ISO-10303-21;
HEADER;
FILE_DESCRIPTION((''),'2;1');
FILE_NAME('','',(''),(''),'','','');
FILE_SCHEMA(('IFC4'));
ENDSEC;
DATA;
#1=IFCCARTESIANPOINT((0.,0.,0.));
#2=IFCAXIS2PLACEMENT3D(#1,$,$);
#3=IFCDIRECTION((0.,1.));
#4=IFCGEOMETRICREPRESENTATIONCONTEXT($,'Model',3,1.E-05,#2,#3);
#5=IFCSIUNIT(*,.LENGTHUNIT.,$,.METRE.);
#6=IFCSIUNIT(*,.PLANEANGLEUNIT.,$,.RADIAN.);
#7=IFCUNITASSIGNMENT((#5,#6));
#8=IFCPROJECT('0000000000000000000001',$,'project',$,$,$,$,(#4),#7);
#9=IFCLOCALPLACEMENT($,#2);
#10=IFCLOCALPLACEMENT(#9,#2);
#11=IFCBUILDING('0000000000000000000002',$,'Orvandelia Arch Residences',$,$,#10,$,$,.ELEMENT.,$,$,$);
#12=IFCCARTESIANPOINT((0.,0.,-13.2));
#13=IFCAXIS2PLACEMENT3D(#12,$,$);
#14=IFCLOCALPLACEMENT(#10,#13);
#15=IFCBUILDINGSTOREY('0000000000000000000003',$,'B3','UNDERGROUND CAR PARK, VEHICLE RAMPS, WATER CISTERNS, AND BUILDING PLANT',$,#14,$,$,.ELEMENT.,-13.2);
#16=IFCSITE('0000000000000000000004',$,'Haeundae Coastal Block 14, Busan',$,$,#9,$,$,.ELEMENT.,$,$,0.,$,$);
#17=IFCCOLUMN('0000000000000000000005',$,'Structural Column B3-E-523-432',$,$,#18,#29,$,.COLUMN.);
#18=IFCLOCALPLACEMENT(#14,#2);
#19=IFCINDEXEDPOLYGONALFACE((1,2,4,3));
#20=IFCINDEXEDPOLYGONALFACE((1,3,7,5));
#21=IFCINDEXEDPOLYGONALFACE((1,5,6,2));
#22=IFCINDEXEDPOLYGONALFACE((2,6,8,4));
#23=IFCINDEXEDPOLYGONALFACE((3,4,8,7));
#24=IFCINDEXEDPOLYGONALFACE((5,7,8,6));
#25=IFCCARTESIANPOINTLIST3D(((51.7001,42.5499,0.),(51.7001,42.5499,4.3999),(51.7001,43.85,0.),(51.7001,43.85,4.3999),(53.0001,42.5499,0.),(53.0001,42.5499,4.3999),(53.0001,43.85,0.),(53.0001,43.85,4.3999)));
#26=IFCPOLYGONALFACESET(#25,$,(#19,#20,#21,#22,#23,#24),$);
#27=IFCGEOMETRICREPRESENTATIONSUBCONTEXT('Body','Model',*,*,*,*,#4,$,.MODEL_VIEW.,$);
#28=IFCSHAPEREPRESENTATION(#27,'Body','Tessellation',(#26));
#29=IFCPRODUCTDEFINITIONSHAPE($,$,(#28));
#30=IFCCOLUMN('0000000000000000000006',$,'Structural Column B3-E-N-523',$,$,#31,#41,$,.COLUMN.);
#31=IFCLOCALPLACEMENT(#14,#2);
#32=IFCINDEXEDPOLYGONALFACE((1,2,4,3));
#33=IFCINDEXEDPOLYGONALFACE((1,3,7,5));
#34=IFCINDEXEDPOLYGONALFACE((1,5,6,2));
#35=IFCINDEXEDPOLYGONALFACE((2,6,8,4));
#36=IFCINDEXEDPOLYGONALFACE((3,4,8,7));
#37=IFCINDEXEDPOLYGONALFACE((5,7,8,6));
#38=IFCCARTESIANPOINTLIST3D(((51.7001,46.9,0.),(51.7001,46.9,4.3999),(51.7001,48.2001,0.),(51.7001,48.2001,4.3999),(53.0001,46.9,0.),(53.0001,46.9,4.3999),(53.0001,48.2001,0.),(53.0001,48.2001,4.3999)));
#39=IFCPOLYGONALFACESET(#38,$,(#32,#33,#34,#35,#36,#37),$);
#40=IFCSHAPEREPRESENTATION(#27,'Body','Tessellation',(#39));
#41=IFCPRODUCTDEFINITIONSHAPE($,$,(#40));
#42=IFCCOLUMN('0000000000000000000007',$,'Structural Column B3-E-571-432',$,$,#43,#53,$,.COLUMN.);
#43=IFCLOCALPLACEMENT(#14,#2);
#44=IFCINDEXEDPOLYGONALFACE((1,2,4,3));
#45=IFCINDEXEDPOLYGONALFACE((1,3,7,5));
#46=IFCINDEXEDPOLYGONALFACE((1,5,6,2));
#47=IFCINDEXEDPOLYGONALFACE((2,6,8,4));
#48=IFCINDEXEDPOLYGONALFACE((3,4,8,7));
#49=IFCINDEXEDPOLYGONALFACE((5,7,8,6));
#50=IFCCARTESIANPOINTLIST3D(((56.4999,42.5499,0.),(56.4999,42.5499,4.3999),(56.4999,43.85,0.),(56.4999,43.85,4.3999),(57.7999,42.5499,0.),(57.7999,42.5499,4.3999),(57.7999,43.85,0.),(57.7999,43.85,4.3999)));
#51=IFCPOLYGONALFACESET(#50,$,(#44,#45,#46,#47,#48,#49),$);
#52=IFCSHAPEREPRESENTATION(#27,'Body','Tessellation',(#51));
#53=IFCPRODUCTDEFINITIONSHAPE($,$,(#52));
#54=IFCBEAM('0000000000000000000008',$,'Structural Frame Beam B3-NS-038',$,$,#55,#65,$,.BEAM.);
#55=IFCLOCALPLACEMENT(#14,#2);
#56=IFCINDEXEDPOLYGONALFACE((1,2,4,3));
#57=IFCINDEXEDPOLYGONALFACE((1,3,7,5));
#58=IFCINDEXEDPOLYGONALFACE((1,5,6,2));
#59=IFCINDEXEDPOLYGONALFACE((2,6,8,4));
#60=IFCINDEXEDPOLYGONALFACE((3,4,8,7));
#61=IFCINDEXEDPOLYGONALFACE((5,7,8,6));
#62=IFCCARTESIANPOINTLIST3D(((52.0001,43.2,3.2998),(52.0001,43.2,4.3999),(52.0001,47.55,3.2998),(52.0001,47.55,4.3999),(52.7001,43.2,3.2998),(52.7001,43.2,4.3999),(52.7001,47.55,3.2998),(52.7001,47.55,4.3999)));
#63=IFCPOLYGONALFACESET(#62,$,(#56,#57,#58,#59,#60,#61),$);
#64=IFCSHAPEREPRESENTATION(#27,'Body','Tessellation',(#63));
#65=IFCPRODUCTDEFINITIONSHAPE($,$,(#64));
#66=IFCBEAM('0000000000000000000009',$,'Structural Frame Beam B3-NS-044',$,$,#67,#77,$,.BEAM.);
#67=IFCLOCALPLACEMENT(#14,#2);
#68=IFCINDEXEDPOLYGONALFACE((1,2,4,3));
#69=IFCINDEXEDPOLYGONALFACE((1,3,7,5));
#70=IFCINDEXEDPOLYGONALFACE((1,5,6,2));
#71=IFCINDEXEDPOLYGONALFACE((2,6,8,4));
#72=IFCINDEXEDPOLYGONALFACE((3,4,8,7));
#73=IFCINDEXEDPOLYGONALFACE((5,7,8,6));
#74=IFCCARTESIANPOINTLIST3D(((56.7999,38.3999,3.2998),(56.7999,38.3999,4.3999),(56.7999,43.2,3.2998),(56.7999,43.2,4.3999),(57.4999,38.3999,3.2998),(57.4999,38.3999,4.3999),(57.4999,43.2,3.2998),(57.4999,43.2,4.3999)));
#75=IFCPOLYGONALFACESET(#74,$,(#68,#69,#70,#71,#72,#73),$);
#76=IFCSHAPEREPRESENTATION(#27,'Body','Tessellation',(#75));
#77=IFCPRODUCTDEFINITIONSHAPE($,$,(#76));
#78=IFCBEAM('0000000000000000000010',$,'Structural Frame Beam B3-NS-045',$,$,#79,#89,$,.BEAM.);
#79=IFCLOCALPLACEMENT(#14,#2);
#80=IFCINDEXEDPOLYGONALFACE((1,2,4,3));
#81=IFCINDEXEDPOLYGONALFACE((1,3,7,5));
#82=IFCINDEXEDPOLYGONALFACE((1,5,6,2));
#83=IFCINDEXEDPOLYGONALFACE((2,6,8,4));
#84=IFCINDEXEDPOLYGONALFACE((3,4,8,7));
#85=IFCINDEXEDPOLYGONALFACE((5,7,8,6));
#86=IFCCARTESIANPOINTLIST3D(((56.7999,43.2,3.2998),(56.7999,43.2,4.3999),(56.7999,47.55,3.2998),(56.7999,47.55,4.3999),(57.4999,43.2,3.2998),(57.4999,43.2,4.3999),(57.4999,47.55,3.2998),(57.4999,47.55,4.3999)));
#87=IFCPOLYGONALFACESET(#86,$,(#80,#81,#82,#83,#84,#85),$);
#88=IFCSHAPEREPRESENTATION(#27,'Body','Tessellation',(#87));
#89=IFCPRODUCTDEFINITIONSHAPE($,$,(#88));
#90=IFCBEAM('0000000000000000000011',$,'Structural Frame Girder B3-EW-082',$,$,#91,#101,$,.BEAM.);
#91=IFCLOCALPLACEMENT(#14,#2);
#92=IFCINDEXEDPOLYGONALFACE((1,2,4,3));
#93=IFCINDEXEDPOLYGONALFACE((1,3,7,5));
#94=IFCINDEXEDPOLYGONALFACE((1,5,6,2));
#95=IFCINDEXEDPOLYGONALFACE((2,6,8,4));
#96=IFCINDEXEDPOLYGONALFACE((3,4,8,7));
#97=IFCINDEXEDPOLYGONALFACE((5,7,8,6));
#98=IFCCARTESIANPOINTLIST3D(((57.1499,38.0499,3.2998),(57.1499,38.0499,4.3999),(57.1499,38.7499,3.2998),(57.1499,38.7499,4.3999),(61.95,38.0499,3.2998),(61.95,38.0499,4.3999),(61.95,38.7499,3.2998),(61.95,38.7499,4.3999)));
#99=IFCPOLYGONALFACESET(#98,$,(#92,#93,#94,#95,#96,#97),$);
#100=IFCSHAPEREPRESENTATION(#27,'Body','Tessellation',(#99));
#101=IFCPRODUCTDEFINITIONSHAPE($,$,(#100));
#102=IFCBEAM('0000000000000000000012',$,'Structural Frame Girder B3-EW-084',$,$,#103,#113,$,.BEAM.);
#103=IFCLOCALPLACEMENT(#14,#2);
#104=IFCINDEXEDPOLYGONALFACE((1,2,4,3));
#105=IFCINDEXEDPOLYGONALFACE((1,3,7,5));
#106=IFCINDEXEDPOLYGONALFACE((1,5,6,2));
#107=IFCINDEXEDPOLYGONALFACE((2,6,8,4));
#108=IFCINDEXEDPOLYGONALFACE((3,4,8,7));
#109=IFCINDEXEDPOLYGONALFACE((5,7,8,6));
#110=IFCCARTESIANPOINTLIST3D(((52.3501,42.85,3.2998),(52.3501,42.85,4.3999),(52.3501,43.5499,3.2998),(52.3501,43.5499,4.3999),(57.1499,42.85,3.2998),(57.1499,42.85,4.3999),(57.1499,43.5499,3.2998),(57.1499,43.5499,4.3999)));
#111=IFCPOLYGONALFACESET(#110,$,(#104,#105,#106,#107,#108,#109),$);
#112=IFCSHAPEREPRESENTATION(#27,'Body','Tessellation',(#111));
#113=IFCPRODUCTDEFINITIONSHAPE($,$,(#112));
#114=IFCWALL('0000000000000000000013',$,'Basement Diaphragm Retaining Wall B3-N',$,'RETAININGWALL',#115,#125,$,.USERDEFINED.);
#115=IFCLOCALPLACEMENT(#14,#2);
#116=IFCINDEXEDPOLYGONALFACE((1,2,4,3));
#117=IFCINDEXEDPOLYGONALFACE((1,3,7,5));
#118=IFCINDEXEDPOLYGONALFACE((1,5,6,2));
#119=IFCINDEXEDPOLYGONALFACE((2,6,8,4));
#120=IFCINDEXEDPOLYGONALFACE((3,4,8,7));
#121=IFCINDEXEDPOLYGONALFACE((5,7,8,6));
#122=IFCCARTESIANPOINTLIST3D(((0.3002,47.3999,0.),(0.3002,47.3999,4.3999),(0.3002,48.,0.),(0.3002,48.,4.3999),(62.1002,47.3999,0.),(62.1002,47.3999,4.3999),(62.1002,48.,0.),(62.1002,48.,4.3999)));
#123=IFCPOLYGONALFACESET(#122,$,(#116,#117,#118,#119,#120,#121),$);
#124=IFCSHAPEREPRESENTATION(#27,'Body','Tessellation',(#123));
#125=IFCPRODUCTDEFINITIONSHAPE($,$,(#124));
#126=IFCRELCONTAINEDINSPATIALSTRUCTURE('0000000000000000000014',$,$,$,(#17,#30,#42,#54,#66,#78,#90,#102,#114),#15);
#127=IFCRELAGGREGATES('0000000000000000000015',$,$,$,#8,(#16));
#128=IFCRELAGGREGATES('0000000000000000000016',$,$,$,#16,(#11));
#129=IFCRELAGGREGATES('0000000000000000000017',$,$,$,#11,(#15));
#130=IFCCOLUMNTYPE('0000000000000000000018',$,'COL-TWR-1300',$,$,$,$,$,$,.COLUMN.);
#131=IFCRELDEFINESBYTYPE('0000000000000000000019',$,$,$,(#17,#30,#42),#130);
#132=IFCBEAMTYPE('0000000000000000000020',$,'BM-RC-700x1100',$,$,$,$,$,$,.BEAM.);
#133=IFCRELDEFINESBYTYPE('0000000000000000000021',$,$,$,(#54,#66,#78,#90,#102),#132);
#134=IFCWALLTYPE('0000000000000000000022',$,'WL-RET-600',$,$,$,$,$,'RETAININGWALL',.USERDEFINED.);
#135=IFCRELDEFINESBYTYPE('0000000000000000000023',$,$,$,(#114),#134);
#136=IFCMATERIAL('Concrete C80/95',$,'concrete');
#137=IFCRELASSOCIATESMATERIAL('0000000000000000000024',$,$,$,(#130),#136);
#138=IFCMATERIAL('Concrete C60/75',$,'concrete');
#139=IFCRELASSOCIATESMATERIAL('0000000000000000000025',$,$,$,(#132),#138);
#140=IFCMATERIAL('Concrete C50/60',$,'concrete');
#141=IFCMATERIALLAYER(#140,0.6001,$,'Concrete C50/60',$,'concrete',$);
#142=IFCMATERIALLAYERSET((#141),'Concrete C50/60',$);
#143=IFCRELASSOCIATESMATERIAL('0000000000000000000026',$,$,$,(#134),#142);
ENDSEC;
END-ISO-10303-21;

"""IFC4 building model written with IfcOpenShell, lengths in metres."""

from ifc_helpers import new_model, si_unit, direction, frame, frame_2d, origin, origin_2d, place, context, subcontext, project, spatial, rectangle, extrude, material, layer, layer_set, material_profile, profile_set, type_object, element, save


model = new_model("IFC4")

# Units and contexts
model_context = context("Model", 3, precision=1e-05, world=origin(), true_north=direction((0.0, 1.0)))
body_context = subcontext(model_context, "Body", "Model", "MODEL_VIEW")
ifc_project = project(units=[si_unit("LENGTHUNIT", "METRE"), si_unit("PLANEANGLEUNIT", "RADIAN")], contexts=[model_context])

# Site, building, storey
site_placement = place(None, origin())
site = spatial("IfcSite", under=ifc_project, at=site_placement, Name="Haeundae Coastal Block 14, Busan", CompositionType="ELEMENT", RefElevation=0.0)
building_placement = place(site_placement, origin())
building = spatial("IfcBuilding", under=site, at=building_placement, Name="Orvandelia Arch Residences", CompositionType="ELEMENT")
storey_placement = place(building_placement, frame((0.0, 0.0, -13.2)))
storey = spatial("IfcBuildingStorey", under=building, at=storey_placement, Name="B3", Description="UNDERGROUND CAR PARK, VEHICLE RAMPS, WATER CISTERNS, AND BUILDING PLANT", CompositionType="ELEMENT", Elevation=-13.2)

# Shared definitions
ifc_material_1 = material(Name="Concrete C50/60", Category="concrete")

# Columns
ifc_material_2 = material(Name="Concrete C60/75", Category="concrete")
ifc_material_3 = material(Name="Concrete C80/95", Category="concrete")
ifc_material_profile_1 = material_profile(ifc_material_3, rectangle(XDim=1.3, YDim=1.3, at=origin_2d()), Name="Concrete C80/95", Category="concrete")
ifc_profile_set_1 = profile_set([ifc_material_profile_1], Name="Concrete C80/95")
column_type_1 = type_object("IfcColumnType", Name="COL-TWR-1300", PredefinedType="COLUMN", material=ifc_profile_set_1)
for number, where, z_axis, x_axis, name in (
    (1, (52.3501, 43.2, 0.0), (0.0, 0.0, 1.0), (1.0, 0.0, 0.0), "Structural Column B3-E-523-432"),
    (2, (52.3501, 47.55, 0.0), (0.0, 0.0, 1.0), (1.0, 0.0, 0.0), "Structural Column B3-E-N-523"),
    (3, (57.1499, 43.2, 0.0), (0.0, 0.0, 1.0), (1.0, 0.0, 0.0), "Structural Column B3-E-571-432"),
):
    element("IfcColumn", number, at=place(storey_placement, frame(where, z_axis=z_axis, x_axis=x_axis)), inside=storey, type_object=column_type_1, Name=name, PredefinedType="COLUMN", context=body_context, shape_type="SweptSolid", body=[
        extrude(rectangle(XDim=1.3, YDim=1.3, at=origin_2d()), origin(), (0.0, 0.0, 1.0), 4.3999),
    ])

# Beams
ifc_material_profile_2 = material_profile(ifc_material_2, rectangle(XDim=0.7, YDim=1.1001, at=origin_2d()), Name="Concrete C60/75", Category="concrete")
ifc_profile_set_2 = profile_set([ifc_material_profile_2], Name="Concrete C60/75")
beam_type = type_object("IfcBeamType", Name="BM-RC-700x1100", PredefinedType="BEAM", material=ifc_profile_set_2)
beam_1_placement = place(storey_placement, frame((52.3501, 43.2, 3.8499), z_axis=(0.0, 1.0, 0.0), x_axis=(-1.0, 0.0, 0.0)))
element("IfcBeam", 4, at=beam_1_placement, inside=storey, type_object=beam_type, Name="Structural Frame Beam B3-NS-038", PredefinedType="BEAM", context=body_context, shape_type="SweptSolid", body=[
    extrude(rectangle(XDim=0.7, YDim=1.1001, at=origin_2d()), origin(), (0.0, 0.0, 1.0), 4.3501),
])
beam_2_placement = place(storey_placement, frame((57.1499, 38.3999, 3.8499), z_axis=(0.0, 1.0, 0.0), x_axis=(-1.0, 0.0, 0.0)))
element("IfcBeam", 5, at=beam_2_placement, inside=storey, type_object=beam_type, Name="Structural Frame Beam B3-NS-044", PredefinedType="BEAM", context=body_context, shape_type="SweptSolid", body=[
    extrude(rectangle(XDim=0.7, YDim=1.1001, at=origin_2d()), origin(), (0.0, 0.0, 1.0), 4.8),
])
beam_3_placement = place(storey_placement, frame((57.1499, 43.2, 3.8499), z_axis=(0.0, 1.0, 0.0), x_axis=(-1.0, 0.0, 0.0)))
element("IfcBeam", 6, at=beam_3_placement, inside=storey, type_object=beam_type, Name="Structural Frame Beam B3-NS-045", PredefinedType="BEAM", context=body_context, shape_type="SweptSolid", body=[
    extrude(rectangle(XDim=0.7, YDim=1.1001, at=origin_2d()), origin(), (0.0, 0.0, 1.0), 4.3501),
])
beam_4_placement = place(storey_placement, frame((57.1499, 38.3999, 3.8499), z_axis=(1.0, 0.0, 0.0), x_axis=(0.0, 1.0, 0.0)))
element("IfcBeam", 7, at=beam_4_placement, inside=storey, type_object=beam_type, Name="Structural Frame Girder B3-EW-082", PredefinedType="BEAM", context=body_context, shape_type="SweptSolid", body=[
    extrude(rectangle(XDim=0.7, YDim=1.1001, at=origin_2d()), origin(), (0.0, 0.0, 1.0), 4.8),
])
beam_5_placement = place(storey_placement, frame((52.3501, 43.2, 3.8499), z_axis=(1.0, 0.0, 0.0), x_axis=(0.0, 1.0, 0.0)))
element("IfcBeam", 8, at=beam_5_placement, inside=storey, type_object=beam_type, Name="Structural Frame Girder B3-EW-084", PredefinedType="BEAM", context=body_context, shape_type="SweptSolid", body=[
    extrude(rectangle(XDim=0.7, YDim=1.1001, at=origin_2d()), origin(), (0.0, 0.0, 1.0), 4.7998),
])

# Wall
ifc_layer = layer(ifc_material_1, 0.6001, Name="Concrete C50/60", Category="concrete")
ifc_layer_set = layer_set([ifc_layer], Name="Concrete C50/60")
wall_type = type_object("IfcWallType", Name="WL-RET-600", ElementType="RETAININGWALL", PredefinedType="USERDEFINED", material=ifc_layer_set)
wall_placement = place(storey_placement, frame((62.1001, 47.7, 0.0), z_axis=(0.0, 0.0, 1.0), x_axis=(-1.0, 0.0, 0.0)))
element("IfcWall", 9, at=wall_placement, inside=storey, type_object=wall_type, Name="Basement Diaphragm Retaining Wall B3-N", ObjectType="RETAININGWALL", PredefinedType="USERDEFINED", context=body_context, shape_type="SweptSolid", body=[
    extrude(rectangle(XDim=61.8, YDim=0.6001, at=frame_2d((30.8999, 0.0))), origin(), (0.0, 0.0, 1.0), 4.3999),
])

save(model, "model.ifc")
